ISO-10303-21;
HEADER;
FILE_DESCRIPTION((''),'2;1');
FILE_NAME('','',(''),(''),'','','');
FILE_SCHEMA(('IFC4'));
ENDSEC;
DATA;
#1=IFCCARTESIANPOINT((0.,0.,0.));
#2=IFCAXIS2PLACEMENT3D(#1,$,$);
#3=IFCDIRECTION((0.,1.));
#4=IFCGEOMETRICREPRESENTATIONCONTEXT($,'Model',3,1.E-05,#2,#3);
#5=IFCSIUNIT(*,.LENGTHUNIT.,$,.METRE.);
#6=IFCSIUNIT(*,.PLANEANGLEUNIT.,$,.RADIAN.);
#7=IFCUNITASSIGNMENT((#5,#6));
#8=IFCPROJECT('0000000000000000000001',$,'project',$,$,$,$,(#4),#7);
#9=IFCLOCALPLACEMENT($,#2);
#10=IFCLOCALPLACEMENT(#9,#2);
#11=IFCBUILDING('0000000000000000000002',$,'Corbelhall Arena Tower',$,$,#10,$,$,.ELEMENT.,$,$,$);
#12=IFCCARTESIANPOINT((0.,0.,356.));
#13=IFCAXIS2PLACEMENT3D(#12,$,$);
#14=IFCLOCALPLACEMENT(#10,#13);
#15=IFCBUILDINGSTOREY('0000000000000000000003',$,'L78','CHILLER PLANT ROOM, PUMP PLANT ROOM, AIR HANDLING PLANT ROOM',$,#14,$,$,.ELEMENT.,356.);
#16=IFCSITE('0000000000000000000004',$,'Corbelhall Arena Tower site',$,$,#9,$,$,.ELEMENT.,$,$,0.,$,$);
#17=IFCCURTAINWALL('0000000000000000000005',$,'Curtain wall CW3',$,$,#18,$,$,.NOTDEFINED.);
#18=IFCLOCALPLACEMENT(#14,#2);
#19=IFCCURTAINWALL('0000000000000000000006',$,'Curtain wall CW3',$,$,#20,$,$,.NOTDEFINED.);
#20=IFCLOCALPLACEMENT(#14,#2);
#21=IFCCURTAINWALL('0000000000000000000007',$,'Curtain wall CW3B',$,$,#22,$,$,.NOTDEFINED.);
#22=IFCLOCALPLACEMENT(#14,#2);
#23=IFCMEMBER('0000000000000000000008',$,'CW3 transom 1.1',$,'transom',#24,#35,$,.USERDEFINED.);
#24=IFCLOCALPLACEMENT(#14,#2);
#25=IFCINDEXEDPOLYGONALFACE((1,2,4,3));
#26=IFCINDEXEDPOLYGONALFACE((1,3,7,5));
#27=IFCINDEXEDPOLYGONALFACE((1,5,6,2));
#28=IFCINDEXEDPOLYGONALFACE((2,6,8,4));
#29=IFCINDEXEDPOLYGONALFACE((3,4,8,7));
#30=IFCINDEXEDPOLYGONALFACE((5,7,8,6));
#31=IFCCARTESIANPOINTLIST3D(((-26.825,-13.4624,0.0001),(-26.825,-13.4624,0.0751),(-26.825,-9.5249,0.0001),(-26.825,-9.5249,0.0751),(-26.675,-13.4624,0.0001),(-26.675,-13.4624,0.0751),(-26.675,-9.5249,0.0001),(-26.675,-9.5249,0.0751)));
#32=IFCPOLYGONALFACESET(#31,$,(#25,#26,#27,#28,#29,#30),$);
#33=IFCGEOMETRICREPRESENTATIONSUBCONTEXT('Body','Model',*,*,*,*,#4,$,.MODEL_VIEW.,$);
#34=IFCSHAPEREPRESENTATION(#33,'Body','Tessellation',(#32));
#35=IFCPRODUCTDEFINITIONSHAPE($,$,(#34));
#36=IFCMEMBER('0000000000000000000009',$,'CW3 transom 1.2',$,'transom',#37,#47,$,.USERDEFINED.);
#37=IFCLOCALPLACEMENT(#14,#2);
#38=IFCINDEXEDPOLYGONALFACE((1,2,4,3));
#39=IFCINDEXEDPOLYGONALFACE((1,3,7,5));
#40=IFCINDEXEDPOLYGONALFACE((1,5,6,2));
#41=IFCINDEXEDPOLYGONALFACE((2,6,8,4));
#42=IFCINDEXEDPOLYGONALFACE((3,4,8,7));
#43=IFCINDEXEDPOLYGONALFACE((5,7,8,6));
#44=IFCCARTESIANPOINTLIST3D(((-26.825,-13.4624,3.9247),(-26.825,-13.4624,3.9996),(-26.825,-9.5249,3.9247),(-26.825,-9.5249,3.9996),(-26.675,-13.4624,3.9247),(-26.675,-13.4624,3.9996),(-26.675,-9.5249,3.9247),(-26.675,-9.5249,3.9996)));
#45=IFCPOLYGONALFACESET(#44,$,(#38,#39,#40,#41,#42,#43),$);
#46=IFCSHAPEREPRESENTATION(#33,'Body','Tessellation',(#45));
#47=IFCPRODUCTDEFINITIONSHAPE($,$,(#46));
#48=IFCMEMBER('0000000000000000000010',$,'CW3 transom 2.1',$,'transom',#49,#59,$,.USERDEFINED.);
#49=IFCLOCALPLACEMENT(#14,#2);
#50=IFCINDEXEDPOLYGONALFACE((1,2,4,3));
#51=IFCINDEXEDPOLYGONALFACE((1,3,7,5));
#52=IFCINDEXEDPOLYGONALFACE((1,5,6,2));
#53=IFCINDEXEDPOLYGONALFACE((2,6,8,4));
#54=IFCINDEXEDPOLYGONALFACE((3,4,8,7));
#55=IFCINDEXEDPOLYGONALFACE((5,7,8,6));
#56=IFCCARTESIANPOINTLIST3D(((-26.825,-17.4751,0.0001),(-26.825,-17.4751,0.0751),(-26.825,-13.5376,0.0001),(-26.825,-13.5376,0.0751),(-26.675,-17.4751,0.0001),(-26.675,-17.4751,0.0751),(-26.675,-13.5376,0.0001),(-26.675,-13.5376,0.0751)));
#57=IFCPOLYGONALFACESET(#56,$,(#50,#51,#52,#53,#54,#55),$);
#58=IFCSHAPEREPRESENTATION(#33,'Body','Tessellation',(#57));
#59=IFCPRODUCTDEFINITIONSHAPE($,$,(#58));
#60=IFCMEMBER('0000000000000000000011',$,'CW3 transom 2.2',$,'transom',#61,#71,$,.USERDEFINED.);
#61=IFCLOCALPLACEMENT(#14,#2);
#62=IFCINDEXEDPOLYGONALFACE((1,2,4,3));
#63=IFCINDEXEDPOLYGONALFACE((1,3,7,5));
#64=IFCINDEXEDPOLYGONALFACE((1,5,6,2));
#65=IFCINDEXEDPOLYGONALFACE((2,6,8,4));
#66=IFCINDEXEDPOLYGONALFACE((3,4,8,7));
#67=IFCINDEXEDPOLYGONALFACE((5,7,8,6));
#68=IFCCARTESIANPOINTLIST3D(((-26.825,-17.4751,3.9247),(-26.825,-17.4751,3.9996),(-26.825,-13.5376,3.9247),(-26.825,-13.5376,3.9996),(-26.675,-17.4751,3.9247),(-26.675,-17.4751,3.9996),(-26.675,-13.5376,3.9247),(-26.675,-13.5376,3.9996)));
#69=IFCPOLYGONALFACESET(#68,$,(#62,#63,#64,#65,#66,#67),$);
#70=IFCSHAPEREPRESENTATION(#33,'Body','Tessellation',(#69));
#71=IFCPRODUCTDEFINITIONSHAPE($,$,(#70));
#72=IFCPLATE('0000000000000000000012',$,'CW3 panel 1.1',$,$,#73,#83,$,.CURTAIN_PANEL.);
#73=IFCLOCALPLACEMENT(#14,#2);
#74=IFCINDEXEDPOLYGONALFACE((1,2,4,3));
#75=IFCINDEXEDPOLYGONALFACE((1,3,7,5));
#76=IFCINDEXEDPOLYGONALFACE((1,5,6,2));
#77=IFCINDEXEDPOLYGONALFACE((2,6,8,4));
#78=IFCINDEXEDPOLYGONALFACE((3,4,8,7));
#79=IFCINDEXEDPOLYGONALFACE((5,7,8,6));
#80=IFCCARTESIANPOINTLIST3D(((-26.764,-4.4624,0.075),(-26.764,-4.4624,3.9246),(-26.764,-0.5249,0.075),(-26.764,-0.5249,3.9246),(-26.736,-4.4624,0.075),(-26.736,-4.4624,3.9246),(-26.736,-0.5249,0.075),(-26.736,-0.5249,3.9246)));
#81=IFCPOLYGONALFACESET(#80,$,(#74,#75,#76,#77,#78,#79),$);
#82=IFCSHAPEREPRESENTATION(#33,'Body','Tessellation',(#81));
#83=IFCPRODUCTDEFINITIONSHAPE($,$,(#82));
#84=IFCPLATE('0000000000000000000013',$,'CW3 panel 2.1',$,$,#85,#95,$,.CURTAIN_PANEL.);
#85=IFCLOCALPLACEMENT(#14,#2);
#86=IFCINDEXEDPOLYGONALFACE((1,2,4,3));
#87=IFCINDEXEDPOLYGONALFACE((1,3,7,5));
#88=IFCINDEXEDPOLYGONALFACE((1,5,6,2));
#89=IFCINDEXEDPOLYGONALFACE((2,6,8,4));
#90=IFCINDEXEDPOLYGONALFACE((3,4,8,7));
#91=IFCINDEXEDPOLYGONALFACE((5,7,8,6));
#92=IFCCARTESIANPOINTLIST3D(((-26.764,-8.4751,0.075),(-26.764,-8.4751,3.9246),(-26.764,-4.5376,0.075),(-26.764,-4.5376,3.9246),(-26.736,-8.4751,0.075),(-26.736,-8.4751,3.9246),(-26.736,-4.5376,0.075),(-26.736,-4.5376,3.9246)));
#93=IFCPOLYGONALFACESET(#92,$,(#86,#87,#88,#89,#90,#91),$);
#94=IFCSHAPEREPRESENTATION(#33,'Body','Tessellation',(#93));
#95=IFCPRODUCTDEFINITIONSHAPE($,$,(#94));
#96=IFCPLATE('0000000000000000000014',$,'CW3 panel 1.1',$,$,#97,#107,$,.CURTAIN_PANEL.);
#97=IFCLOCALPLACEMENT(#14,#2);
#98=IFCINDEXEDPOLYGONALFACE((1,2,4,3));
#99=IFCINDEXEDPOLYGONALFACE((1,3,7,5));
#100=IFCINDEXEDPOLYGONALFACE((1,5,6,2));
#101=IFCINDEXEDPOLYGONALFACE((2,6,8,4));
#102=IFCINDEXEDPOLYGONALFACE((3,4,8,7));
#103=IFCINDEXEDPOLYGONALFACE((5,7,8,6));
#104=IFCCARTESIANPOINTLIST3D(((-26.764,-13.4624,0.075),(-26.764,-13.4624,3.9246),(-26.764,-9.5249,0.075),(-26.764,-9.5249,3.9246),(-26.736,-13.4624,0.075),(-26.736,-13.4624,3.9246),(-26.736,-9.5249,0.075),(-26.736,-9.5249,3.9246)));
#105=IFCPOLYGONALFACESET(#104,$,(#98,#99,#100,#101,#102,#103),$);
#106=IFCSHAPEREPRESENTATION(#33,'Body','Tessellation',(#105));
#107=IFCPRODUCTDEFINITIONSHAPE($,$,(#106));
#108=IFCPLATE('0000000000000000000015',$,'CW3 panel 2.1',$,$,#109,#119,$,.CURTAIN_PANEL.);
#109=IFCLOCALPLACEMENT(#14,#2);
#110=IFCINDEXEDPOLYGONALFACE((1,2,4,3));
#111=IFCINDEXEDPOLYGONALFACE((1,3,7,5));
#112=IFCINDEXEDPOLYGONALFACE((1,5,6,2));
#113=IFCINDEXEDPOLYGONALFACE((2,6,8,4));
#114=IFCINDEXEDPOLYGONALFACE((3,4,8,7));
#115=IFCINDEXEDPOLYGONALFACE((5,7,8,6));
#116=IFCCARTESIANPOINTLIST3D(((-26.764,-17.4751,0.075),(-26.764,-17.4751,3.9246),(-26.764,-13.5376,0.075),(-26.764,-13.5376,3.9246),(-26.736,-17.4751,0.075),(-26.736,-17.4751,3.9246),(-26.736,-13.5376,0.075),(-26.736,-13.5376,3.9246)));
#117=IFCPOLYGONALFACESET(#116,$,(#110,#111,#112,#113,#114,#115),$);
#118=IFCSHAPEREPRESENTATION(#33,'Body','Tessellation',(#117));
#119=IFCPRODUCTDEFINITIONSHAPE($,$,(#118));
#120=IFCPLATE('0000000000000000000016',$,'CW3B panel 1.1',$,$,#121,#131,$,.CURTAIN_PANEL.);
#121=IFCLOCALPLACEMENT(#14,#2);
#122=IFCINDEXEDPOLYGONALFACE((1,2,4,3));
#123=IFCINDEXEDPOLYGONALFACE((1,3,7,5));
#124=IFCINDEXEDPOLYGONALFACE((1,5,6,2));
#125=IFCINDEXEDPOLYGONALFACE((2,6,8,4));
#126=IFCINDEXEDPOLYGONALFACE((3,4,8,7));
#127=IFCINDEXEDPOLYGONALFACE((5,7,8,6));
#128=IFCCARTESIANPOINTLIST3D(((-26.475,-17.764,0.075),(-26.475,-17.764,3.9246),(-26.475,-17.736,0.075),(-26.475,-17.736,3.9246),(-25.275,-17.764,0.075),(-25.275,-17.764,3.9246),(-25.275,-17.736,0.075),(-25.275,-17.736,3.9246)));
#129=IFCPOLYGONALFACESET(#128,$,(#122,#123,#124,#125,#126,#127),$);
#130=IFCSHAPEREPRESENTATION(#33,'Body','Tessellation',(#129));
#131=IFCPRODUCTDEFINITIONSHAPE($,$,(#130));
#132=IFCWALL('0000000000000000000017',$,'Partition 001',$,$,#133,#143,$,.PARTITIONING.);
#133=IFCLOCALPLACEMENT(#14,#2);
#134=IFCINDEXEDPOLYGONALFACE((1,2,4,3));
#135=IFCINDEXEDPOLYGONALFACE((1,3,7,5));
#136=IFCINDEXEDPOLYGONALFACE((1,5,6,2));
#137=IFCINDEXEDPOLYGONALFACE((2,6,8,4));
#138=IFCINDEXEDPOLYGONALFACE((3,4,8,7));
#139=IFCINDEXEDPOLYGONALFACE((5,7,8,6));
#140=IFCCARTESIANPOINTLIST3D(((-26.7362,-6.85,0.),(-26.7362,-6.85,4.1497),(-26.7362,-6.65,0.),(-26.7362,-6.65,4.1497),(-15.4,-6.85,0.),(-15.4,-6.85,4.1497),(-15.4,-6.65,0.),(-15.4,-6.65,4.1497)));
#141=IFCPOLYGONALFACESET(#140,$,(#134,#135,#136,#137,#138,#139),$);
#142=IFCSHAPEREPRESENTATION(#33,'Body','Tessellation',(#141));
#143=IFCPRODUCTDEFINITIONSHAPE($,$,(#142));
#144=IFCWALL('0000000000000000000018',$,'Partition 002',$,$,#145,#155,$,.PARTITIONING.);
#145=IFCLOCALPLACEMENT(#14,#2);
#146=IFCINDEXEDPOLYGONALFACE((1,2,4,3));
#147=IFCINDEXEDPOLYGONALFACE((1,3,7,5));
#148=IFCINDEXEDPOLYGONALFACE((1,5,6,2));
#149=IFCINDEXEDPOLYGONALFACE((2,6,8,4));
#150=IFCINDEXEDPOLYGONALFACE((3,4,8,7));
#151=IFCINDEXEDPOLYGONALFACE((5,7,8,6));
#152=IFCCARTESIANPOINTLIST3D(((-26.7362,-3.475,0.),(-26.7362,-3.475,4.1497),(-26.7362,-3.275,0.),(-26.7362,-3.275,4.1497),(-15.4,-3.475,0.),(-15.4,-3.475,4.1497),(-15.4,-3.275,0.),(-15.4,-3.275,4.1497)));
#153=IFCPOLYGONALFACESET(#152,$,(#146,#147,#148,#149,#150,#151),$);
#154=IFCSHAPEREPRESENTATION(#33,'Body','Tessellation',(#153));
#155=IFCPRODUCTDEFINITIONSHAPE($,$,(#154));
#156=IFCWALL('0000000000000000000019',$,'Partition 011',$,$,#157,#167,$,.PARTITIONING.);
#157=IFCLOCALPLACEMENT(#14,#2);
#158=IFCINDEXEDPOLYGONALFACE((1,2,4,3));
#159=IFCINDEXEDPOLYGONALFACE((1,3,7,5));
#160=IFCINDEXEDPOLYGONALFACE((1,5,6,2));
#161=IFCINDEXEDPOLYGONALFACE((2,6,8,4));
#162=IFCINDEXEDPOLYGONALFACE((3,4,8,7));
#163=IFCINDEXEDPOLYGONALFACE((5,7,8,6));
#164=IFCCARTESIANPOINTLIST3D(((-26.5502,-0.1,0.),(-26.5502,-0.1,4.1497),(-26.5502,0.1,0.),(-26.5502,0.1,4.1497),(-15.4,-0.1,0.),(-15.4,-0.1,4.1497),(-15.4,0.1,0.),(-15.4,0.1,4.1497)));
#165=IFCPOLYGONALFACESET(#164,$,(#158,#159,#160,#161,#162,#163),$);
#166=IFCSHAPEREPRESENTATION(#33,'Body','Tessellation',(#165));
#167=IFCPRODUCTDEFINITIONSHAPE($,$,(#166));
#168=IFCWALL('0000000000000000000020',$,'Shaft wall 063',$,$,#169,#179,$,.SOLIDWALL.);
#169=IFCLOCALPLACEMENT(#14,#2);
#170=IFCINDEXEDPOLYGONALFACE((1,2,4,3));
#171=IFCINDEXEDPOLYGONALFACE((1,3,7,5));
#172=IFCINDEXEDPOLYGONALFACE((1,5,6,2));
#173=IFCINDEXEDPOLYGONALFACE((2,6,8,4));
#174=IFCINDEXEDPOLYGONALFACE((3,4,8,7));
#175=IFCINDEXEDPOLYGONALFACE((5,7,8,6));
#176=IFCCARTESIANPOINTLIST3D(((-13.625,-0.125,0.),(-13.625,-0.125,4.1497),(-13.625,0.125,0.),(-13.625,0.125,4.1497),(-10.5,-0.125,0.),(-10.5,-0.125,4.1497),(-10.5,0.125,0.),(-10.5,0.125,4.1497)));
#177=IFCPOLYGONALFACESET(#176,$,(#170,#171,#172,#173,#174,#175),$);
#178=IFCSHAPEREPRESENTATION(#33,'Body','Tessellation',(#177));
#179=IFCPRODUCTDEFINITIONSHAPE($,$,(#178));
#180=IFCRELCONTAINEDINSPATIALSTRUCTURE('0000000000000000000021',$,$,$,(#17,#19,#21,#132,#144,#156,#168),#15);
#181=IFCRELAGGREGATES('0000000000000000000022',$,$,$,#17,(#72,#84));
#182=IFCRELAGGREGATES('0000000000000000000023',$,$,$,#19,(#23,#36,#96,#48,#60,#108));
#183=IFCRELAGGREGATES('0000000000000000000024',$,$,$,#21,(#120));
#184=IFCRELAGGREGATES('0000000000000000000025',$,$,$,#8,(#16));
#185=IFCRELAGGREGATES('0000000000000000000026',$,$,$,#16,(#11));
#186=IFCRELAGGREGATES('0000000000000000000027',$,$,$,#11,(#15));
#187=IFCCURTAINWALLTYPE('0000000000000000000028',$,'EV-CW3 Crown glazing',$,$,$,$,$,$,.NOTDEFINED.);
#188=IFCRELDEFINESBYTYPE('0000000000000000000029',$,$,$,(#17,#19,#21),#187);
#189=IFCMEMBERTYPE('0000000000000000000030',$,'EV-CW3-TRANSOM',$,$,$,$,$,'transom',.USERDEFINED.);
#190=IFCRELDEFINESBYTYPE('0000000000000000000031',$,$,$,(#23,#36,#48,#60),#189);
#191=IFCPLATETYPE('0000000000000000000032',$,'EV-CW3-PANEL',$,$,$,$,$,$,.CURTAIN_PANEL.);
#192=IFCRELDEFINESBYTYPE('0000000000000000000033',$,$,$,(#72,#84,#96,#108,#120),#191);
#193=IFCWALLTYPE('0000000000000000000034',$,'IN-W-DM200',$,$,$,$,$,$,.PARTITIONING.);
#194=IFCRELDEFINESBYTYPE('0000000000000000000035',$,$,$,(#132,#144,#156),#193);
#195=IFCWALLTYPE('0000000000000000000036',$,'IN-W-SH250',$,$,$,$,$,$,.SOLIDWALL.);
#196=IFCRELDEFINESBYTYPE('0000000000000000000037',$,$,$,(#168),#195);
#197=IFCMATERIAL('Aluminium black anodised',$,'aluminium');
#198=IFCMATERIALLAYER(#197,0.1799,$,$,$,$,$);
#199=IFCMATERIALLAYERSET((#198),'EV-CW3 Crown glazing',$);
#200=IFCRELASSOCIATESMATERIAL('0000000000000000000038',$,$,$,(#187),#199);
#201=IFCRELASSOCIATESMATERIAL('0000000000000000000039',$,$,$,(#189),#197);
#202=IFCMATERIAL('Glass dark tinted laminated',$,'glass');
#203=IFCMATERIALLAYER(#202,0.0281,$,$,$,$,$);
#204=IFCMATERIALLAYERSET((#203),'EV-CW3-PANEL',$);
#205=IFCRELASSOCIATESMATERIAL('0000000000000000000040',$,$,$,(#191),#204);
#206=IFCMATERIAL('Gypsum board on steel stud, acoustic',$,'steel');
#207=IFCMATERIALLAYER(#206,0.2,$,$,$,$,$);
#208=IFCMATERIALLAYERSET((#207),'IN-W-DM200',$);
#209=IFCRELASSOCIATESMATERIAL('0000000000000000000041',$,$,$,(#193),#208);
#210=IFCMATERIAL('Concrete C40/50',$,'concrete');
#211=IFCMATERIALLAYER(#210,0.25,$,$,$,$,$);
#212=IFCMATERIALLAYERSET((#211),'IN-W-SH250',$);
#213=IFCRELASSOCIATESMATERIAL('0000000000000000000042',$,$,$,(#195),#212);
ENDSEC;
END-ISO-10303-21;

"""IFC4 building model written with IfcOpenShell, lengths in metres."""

from ifc_helpers import new_model, si_unit, direction, frame, frame_2d, origin, origin_2d, place, context, subcontext, project, spatial, rectangle, extrude, material, layer, layer_set, material_profile, profile_set, type_object, element, aggregate, save


model = new_model("IFC4")

# Units and contexts
model_context = context("Model", 3, precision=1e-05, world=origin(), true_north=direction((0.0, 1.0)))
body_context = subcontext(model_context, "Body", "Model", "MODEL_VIEW")
ifc_project = project(units=[si_unit("LENGTHUNIT", "METRE"), si_unit("PLANEANGLEUNIT", "RADIAN")], contexts=[model_context])

# Site, building, storey
site_placement = place(None, origin())
site = spatial("IfcSite", under=ifc_project, at=site_placement, Name="Corbelhall Arena Tower site", CompositionType="ELEMENT", RefElevation=0.0)
building_placement = place(site_placement, origin())
building = spatial("IfcBuilding", under=site, at=building_placement, Name="Corbelhall Arena Tower", CompositionType="ELEMENT")
storey_placement = place(building_placement, frame((0.0, 0.0, 356.0)))
storey = spatial("IfcBuildingStorey", under=building, at=storey_placement, Name="L78", Description="CHILLER PLANT ROOM, PUMP PLANT ROOM, AIR HANDLING PLANT ROOM", CompositionType="ELEMENT", Elevation=356.0)

# Curtain walls
ifc_material_1 = material(Name="Aluminium black anodised", Category="aluminium")
ifc_layer_1 = layer(ifc_material_1, 0.1799)
ifc_layer_set_1 = layer_set([ifc_layer_1], Name="EV-CW3 Crown glazing")
curtain_wall_type = type_object("IfcCurtainWallType", Name="EV-CW3 Crown glazing", PredefinedType="NOTDEFINED", material=ifc_layer_set_1)
curtain_wall_1_placement = place(storey_placement, origin())
curtain_wall_1 = element("IfcCurtainWall", 1, at=curtain_wall_1_placement, inside=storey, type_object=curtain_wall_type, Name="Curtain wall CW3", PredefinedType="NOTDEFINED")
curtain_wall_2_placement = place(storey_placement, origin())
curtain_wall_2 = element("IfcCurtainWall", 2, at=curtain_wall_2_placement, inside=storey, type_object=curtain_wall_type, Name="Curtain wall CW3", PredefinedType="NOTDEFINED")

# Curtain wall
curtain_wall_3_placement = place(storey_placement, origin())
curtain_wall_3 = element("IfcCurtainWall", 3, at=curtain_wall_3_placement, inside=storey, type_object=curtain_wall_type, Name="Curtain wall CW3B", PredefinedType="NOTDEFINED")

# Members
ifc_material_profile_1 = material_profile(ifc_material_1, rectangle(XDim=0.1499, YDim=0.075, at=origin_2d()))
ifc_profile_set_1 = profile_set([ifc_material_profile_1], Name="Aluminium black anodised")
member_type_1 = type_object("IfcMemberType", Name="EV-CW3-TRANSOM", ElementType="transom", PredefinedType="USERDEFINED", material=ifc_profile_set_1)
member_1_placement = place(storey_placement, frame((-26.75, -9.5249, 0.0376), z_axis=(0.0, -1.0, 0.0), x_axis=(1.0, 0.0, 0.0)))
member_1 = element("IfcMember", 4, at=member_1_placement, type_object=member_type_1, Name="CW3 transom 1.1", ObjectType="transom", PredefinedType="USERDEFINED", context=body_context, shape_type="SweptSolid", body=[
    extrude(rectangle(XDim=0.1499, YDim=0.075, at=origin_2d()), origin(), (0.0, 0.0, 1.0), 3.9375),
])
member_2_placement = place(storey_placement, frame((-26.75, -9.5249, 3.9622), z_axis=(0.0, -1.0, 0.0), x_axis=(1.0, 0.0, 0.0)))
member_2 = element("IfcMember", 5, at=member_2_placement, type_object=member_type_1, Name="CW3 transom 1.2", ObjectType="transom", PredefinedType="USERDEFINED", context=body_context, shape_type="SweptSolid", body=[
    extrude(rectangle(XDim=0.1499, YDim=0.075, at=origin_2d()), origin(), (0.0, 0.0, 1.0), 3.9375),
])
member_3_placement = place(storey_placement, frame((-26.75, -13.5376, 0.0376), z_axis=(0.0, -1.0, 0.0), x_axis=(1.0, 0.0, 0.0)))
member_3 = element("IfcMember", 6, at=member_3_placement, type_object=member_type_1, Name="CW3 transom 2.1", ObjectType="transom", PredefinedType="USERDEFINED", context=body_context, shape_type="SweptSolid", body=[
    extrude(rectangle(XDim=0.1499, YDim=0.075, at=origin_2d()), origin(), (0.0, 0.0, 1.0), 3.9375),
])
member_4_placement = place(storey_placement, frame((-26.75, -13.5376, 3.9622), z_axis=(0.0, -1.0, 0.0), x_axis=(1.0, 0.0, 0.0)))
member_4 = element("IfcMember", 7, at=member_4_placement, type_object=member_type_1, Name="CW3 transom 2.2", ObjectType="transom", PredefinedType="USERDEFINED", context=body_context, shape_type="SweptSolid", body=[
    extrude(rectangle(XDim=0.1499, YDim=0.075, at=origin_2d()), origin(), (0.0, 0.0, 1.0), 3.9375),
])

# Plates
ifc_material_2 = material(Name="Glass dark tinted laminated", Category="glass")
ifc_layer_2 = layer(ifc_material_2, 0.0281)
ifc_layer_set_2 = layer_set([ifc_layer_2], Name="EV-CW3-PANEL")
plate_type = type_object("IfcPlateType", Name="EV-CW3-PANEL", PredefinedType="CURTAIN_PANEL", material=ifc_layer_set_2)
plate_1_placement = place(storey_placement, frame((-26.75, -2.4937, 0.075), z_axis=(0.0, 0.0, 1.0), x_axis=(0.0, -1.0, 0.0)))
plate_1 = element("IfcPlate", 8, at=plate_1_placement, type_object=plate_type, Name="CW3 panel 1.1", PredefinedType="CURTAIN_PANEL", context=body_context, shape_type="SweptSolid", body=[
    extrude(rectangle(XDim=3.9375, YDim=0.0281, at=origin_2d()), origin(), (0.0, 0.0, 1.0), 3.8496),
])
plate_2_placement = place(storey_placement, frame((-26.75, -6.5063, 0.075), z_axis=(0.0, 0.0, 1.0), x_axis=(0.0, -1.0, 0.0)))
plate_2 = element("IfcPlate", 9, at=plate_2_placement, type_object=plate_type, Name="CW3 panel 2.1", PredefinedType="CURTAIN_PANEL", context=body_context, shape_type="SweptSolid", body=[
    extrude(rectangle(XDim=3.9375, YDim=0.0281, at=origin_2d()), origin(), (0.0, 0.0, 1.0), 3.8496),
])
aggregate(curtain_wall_1, [plate_1, plate_2])
plate_3_placement = place(storey_placement, frame((-26.75, -11.4937, 0.075), z_axis=(0.0, 0.0, 1.0), x_axis=(0.0, -1.0, 0.0)))
plate_3 = element("IfcPlate", 10, at=plate_3_placement, type_object=plate_type, Name="CW3 panel 1.1", PredefinedType="CURTAIN_PANEL", context=body_context, shape_type="SweptSolid", body=[
    extrude(rectangle(XDim=3.9375, YDim=0.0281, at=origin_2d()), origin(), (0.0, 0.0, 1.0), 3.8496),
])
plate_4_placement = place(storey_placement, frame((-26.75, -15.5063, 0.075), z_axis=(0.0, 0.0, 1.0), x_axis=(0.0, -1.0, 0.0)))
plate_4 = element("IfcPlate", 11, at=plate_4_placement, type_object=plate_type, Name="CW3 panel 2.1", PredefinedType="CURTAIN_PANEL", context=body_context, shape_type="SweptSolid", body=[
    extrude(rectangle(XDim=3.9375, YDim=0.0281, at=origin_2d()), origin(), (0.0, 0.0, 1.0), 3.8496),
])
aggregate(curtain_wall_2, [member_1, member_2, plate_3, member_3, member_4, plate_4])
plate_5_placement = place(storey_placement, frame((-25.875, -17.75, 0.075), z_axis=(0.0, 0.0, 1.0), x_axis=(1.0, 0.0, 0.0)))
plate_5 = element("IfcPlate", 12, at=plate_5_placement, type_object=plate_type, Name="CW3B panel 1.1", PredefinedType="CURTAIN_PANEL", context=body_context, shape_type="SweptSolid", body=[
    extrude(rectangle(XDim=1.2, YDim=0.0281, at=origin_2d()), origin(), (0.0, 0.0, 1.0), 3.8496),
])
aggregate(curtain_wall_3, [plate_5])

# Walls
ifc_material_3 = material(Name="Gypsum board on steel stud, acoustic", Category="steel")
ifc_layer_3 = layer(ifc_material_3, 0.2)
ifc_layer_set_3 = layer_set([ifc_layer_3], Name="IN-W-DM200")
wall_type_1 = type_object("IfcWallType", Name="IN-W-DM200", PredefinedType="PARTITIONING", material=ifc_layer_set_3)
for number, where, z_axis, x_axis, name in (
    (13, (-26.7361, -6.75, 0.0), (0.0, 0.0, 1.0), (1.0, 0.0, 0.0), "Partition 001"),
    (14, (-26.7361, -3.375, 0.0), (0.0, 0.0, 1.0), (1.0, 0.0, 0.0), "Partition 002"),
):
    element("IfcWall", number, at=place(storey_placement, frame(where, z_axis=z_axis, x_axis=x_axis)), inside=storey, type_object=wall_type_1, Name=name, PredefinedType="PARTITIONING", context=body_context, shape_type="SweptSolid", body=[
        extrude(rectangle(XDim=11.3362, YDim=0.2, at=frame_2d((5.668, 0.0))), origin(), (0.0, 0.0, 1.0), 4.1497),
    ])
wall_1_placement = place(storey_placement, frame((-15.3999, 0.0, 0.0), z_axis=(0.0, 0.0, 1.0), x_axis=(-1.0, 0.0, 0.0)))
element("IfcWall", 15, at=wall_1_placement, inside=storey, type_object=wall_type_1, Name="Partition 011", PredefinedType="PARTITIONING", context=body_context, shape_type="SweptSolid", body=[
    extrude(rectangle(XDim=11.1501, YDim=0.2, at=frame_2d((5.5752, 0.0))), origin(), (0.0, 0.0, 1.0), 4.1497),
])
ifc_material_4 = material(Name="Concrete C40/50", Category="concrete")
ifc_layer_4 = layer(ifc_material_4, 0.25)
ifc_layer_set_4 = layer_set([ifc_layer_4], Name="IN-W-SH250")
wall_type_2 = type_object("IfcWallType", Name="IN-W-SH250", PredefinedType="SOLIDWALL", material=ifc_layer_set_4)
wall_2_placement = place(storey_placement, frame((-13.625, 0.0, 0.0), z_axis=(0.0, 0.0, 1.0), x_axis=(1.0, 0.0, 0.0)))
element("IfcWall", 16, at=wall_2_placement, inside=storey, type_object=wall_type_2, Name="Shaft wall 063", PredefinedType="SOLIDWALL", context=body_context, shape_type="SweptSolid", body=[
    extrude(rectangle(XDim=3.125, YDim=0.25, at=frame_2d((1.5625, 0.0))), origin(), (0.0, 0.0, 1.0), 4.1497),
])

save(model, "model.ifc")
